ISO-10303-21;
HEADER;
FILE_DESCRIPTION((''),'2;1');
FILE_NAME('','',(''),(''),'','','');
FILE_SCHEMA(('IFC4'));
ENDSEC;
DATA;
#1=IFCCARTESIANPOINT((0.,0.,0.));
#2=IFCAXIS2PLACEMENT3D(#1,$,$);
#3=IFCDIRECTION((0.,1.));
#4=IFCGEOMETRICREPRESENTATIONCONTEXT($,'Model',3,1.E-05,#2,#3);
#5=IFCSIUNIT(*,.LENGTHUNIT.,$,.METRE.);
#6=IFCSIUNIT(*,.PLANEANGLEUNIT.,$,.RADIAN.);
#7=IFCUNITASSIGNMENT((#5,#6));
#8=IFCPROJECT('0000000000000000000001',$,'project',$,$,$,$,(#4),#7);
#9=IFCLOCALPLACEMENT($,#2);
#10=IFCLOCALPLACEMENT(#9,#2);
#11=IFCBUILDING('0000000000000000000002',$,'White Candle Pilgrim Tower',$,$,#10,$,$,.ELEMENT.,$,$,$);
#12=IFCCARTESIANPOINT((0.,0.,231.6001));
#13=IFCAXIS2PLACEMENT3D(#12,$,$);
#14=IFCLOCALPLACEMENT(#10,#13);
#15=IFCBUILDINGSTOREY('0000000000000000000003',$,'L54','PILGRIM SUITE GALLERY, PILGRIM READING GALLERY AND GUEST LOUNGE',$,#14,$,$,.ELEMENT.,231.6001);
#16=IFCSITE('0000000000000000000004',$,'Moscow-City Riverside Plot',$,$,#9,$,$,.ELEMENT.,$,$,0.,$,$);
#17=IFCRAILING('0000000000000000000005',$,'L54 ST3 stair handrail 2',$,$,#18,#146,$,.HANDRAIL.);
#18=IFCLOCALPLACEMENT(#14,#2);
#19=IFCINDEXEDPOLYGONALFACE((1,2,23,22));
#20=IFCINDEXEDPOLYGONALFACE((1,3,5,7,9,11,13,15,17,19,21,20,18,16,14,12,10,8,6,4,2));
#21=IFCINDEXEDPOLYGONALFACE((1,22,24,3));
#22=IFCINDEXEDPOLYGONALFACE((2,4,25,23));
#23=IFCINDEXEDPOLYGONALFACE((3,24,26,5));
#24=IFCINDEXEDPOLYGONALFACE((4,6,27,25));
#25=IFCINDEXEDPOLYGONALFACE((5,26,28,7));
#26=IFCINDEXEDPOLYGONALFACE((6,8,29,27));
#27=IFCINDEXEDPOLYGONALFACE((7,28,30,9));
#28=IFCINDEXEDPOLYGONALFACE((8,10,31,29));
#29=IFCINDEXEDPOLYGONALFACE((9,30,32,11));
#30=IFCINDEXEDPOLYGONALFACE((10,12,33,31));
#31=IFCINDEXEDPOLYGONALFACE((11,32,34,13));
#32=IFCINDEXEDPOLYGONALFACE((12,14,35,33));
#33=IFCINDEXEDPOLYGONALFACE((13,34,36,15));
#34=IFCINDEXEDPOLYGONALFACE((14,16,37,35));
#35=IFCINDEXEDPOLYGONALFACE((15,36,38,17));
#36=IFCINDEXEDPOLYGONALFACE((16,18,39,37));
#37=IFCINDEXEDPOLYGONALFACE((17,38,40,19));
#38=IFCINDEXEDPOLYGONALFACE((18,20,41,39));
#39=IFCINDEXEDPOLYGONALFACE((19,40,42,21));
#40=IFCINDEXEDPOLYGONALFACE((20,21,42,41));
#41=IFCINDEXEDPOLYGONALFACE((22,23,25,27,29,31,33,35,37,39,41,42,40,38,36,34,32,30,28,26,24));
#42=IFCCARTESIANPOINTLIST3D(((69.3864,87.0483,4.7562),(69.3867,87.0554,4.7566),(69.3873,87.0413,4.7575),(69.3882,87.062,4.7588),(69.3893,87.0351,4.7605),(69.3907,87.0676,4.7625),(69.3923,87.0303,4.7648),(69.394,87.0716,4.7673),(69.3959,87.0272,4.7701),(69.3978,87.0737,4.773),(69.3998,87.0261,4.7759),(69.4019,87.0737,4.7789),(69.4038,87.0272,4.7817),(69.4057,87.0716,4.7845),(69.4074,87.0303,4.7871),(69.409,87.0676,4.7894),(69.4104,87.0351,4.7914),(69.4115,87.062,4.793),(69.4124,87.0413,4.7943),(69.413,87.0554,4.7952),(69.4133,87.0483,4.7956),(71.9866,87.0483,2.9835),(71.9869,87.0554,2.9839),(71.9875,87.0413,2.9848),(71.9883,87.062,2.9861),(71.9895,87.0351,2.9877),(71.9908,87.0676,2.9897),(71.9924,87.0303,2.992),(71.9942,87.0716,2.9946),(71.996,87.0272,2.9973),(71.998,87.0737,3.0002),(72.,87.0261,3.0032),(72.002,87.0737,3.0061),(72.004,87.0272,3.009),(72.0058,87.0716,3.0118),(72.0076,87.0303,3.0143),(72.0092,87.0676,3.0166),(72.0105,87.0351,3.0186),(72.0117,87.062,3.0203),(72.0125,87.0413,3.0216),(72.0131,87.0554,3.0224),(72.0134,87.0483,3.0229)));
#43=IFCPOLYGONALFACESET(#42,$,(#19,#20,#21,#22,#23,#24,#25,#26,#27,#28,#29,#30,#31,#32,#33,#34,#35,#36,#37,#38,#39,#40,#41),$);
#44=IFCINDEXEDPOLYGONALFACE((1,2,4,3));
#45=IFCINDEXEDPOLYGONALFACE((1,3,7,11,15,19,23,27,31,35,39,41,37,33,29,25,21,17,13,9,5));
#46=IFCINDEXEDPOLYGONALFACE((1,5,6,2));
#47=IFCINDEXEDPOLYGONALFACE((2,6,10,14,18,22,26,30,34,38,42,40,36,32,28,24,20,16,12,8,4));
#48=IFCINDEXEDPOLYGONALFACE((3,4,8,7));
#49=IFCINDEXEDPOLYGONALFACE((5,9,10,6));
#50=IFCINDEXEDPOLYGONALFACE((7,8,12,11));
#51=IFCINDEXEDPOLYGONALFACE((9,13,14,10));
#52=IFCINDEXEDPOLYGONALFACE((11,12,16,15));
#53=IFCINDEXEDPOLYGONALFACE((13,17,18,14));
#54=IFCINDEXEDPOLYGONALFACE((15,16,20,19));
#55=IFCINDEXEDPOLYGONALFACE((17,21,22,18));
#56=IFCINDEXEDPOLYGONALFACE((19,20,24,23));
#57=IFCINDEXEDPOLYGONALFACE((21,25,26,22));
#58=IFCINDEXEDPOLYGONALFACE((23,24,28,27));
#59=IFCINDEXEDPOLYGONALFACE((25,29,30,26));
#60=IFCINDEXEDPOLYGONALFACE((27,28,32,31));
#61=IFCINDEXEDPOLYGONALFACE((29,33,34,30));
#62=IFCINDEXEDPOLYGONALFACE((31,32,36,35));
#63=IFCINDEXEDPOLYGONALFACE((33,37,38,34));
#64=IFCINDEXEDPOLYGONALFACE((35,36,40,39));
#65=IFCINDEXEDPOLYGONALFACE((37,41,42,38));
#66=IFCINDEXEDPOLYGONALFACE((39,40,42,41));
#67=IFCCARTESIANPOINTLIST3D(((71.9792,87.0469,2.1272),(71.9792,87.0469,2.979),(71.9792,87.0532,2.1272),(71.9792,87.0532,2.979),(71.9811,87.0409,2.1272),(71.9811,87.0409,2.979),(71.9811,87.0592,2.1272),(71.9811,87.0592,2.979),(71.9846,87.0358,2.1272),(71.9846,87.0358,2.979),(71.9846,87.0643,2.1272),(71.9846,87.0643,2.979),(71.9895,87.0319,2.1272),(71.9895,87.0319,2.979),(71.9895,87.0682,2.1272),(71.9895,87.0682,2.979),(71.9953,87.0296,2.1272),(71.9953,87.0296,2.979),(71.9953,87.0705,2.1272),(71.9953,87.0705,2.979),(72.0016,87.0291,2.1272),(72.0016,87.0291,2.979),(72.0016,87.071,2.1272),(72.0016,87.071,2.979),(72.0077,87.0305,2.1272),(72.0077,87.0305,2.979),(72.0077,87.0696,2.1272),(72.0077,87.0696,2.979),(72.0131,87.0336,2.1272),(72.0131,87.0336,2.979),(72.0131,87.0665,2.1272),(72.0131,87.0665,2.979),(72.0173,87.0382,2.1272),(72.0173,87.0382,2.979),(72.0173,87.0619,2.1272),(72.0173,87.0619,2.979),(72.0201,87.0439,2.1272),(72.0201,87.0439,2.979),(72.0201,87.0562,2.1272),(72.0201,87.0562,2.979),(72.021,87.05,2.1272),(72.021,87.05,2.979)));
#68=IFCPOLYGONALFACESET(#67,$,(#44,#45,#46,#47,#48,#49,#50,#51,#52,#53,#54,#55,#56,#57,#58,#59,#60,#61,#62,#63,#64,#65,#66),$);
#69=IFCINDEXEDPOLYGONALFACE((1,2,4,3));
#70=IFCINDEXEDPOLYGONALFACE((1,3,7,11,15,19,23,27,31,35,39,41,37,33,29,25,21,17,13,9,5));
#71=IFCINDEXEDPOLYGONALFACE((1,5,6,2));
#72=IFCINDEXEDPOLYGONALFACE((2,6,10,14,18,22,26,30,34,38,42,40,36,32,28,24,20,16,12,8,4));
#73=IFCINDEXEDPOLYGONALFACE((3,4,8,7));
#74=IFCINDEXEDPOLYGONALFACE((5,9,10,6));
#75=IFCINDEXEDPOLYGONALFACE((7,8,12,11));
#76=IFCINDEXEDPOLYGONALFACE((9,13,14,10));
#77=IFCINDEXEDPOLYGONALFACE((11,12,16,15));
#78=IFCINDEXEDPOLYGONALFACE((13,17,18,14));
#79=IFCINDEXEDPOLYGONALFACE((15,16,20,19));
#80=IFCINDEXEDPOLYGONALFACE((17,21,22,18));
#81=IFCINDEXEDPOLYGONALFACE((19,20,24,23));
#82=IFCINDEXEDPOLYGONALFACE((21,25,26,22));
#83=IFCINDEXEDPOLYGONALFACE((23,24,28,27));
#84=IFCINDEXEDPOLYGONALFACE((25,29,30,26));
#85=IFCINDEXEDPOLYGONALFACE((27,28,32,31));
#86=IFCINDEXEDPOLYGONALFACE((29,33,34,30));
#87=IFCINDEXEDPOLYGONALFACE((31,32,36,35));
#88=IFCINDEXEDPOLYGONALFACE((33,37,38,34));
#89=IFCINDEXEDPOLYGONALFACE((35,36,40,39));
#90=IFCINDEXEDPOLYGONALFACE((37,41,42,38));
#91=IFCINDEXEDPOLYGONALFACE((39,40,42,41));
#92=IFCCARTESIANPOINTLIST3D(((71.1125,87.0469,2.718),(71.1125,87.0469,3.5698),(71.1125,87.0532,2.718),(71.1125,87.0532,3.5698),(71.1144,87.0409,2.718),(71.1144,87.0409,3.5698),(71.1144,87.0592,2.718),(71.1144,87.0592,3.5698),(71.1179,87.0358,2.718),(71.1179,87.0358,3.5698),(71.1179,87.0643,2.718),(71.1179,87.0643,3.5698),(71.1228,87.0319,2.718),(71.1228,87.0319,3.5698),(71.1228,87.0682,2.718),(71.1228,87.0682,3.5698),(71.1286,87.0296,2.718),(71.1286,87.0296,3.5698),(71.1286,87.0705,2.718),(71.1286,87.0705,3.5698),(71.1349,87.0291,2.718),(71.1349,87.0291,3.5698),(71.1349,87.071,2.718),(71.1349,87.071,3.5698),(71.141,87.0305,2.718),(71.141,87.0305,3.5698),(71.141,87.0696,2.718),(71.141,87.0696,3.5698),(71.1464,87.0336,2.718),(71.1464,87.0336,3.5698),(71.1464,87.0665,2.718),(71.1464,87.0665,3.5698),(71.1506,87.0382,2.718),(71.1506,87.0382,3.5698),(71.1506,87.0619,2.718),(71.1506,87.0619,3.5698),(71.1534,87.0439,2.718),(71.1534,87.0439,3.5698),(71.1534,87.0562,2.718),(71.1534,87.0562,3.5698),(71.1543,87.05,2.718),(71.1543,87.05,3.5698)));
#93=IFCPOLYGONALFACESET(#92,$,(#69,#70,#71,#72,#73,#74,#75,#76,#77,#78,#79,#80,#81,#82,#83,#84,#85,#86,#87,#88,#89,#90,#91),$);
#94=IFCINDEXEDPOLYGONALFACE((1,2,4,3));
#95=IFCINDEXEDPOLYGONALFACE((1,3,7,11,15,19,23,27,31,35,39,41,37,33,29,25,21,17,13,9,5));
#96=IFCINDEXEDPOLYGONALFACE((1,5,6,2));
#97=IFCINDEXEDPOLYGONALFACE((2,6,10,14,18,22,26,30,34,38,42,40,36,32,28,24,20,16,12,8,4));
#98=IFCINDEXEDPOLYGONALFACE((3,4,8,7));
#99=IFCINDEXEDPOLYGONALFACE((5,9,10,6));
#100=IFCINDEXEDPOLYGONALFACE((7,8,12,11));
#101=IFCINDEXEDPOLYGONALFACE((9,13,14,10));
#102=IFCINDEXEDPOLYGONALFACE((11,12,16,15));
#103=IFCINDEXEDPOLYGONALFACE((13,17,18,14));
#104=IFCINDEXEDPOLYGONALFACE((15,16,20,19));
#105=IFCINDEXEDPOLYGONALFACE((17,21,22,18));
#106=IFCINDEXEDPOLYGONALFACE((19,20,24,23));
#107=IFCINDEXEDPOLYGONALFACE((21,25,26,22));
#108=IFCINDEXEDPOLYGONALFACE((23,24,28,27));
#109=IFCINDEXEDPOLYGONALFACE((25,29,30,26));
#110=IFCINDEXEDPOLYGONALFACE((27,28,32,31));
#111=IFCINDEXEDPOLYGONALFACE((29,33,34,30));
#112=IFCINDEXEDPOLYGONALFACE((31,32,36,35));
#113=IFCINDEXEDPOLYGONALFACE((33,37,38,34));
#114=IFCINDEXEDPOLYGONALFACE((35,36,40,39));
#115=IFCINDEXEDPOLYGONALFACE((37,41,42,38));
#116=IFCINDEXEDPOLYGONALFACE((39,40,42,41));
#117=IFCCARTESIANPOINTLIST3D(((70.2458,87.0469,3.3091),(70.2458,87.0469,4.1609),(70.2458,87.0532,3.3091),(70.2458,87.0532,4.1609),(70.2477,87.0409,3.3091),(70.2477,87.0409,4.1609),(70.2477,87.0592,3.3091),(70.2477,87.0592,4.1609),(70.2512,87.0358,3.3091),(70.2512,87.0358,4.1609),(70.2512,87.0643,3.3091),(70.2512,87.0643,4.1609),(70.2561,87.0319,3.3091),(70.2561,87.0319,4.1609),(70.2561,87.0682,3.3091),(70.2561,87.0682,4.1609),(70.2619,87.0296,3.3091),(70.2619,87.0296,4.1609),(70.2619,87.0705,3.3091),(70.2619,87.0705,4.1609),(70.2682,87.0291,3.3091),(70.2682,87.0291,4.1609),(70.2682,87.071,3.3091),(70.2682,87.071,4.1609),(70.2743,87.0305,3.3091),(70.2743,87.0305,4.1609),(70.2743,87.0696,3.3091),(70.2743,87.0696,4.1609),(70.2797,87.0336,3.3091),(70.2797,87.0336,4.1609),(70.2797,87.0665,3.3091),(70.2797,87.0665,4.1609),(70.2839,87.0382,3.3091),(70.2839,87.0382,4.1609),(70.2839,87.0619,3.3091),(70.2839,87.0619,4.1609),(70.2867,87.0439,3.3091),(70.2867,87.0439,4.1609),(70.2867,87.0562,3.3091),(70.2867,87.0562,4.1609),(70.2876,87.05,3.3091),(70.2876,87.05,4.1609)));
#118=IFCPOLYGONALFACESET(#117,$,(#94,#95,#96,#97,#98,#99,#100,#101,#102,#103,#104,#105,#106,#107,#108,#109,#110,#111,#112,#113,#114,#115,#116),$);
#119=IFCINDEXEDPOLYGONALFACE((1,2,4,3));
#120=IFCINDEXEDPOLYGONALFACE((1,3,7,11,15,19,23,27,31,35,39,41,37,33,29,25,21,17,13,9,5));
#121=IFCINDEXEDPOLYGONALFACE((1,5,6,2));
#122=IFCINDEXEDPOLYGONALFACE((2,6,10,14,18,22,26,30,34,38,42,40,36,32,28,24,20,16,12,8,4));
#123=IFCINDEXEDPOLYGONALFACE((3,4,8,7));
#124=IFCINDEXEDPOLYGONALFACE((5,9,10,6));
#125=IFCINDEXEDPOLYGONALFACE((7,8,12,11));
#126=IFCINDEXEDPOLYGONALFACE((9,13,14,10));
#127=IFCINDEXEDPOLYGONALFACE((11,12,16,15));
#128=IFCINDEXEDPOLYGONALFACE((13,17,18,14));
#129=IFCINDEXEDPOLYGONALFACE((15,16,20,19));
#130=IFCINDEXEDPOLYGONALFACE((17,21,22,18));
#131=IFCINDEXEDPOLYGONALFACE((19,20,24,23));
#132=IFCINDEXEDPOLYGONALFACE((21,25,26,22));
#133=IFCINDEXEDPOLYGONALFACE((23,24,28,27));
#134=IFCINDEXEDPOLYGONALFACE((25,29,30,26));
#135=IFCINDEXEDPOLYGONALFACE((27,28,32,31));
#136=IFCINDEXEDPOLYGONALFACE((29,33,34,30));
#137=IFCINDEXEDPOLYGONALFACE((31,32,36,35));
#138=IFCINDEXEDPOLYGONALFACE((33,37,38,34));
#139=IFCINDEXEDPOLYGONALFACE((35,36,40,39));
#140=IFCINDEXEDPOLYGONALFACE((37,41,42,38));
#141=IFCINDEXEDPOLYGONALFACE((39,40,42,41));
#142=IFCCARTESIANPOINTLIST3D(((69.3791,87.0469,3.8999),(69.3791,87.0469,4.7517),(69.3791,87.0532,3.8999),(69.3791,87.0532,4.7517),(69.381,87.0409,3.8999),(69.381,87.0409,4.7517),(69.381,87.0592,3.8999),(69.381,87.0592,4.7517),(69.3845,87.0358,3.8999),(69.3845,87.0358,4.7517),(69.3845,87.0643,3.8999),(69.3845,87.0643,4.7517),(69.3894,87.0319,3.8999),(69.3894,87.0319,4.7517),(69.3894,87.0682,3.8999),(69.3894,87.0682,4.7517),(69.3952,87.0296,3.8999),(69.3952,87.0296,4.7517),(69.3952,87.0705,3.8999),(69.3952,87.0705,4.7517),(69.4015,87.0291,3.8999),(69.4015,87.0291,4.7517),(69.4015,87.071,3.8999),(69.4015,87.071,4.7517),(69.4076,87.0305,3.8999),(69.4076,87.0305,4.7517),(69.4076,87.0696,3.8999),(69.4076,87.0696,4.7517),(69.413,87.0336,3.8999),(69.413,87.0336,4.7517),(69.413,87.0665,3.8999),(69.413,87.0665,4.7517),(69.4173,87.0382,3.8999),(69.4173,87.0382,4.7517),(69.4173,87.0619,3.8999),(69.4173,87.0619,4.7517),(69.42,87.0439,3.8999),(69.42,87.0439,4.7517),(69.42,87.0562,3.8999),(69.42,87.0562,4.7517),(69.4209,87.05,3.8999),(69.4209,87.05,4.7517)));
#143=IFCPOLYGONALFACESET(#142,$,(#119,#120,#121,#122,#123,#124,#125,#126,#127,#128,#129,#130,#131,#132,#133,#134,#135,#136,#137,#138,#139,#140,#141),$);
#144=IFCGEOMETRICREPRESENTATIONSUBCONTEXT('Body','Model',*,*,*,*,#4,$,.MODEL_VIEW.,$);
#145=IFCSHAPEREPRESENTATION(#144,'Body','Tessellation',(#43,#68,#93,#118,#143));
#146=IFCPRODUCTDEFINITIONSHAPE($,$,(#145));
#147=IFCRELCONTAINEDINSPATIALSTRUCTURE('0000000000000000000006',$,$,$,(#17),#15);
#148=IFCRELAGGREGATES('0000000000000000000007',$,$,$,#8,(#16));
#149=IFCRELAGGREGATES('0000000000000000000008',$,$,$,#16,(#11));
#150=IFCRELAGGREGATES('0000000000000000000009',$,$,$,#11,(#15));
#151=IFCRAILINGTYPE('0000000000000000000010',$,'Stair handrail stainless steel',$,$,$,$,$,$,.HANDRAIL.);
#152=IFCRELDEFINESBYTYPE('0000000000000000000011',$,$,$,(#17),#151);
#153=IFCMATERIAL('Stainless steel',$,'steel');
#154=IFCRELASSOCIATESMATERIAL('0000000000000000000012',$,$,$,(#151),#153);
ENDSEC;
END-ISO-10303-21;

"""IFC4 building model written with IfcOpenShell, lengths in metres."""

from ifc_helpers import new_model, si_unit, direction, frame, origin, origin_2d, place, context, subcontext, project, spatial, circle, extrude, material, type_object, element, save


model = new_model("IFC4")

# Units and contexts
model_context = context("Model", 3, precision=1e-05, world=origin(), true_north=direction((0.0, 1.0)))
body_context = subcontext(model_context, "Body", "Model", "MODEL_VIEW")
ifc_project = project(units=[si_unit("LENGTHUNIT", "METRE"), si_unit("PLANEANGLEUNIT", "RADIAN")], contexts=[model_context])

# Site, building, storey
site_placement = place(None, origin())
site = spatial("IfcSite", under=ifc_project, at=site_placement, Name="Moscow-City Riverside Plot", CompositionType="ELEMENT", RefElevation=0.0)
building_placement = place(site_placement, origin())
building = spatial("IfcBuilding", under=site, at=building_placement, Name="White Candle Pilgrim Tower", CompositionType="ELEMENT")
storey_placement = place(building_placement, frame((0.0, 0.0, 231.6001)))
storey = spatial("IfcBuildingStorey", under=building, at=storey_placement, Name="L54", Description="PILGRIM SUITE GALLERY, PILGRIM READING GALLERY AND GUEST LOUNGE", CompositionType="ELEMENT", Elevation=231.6001)

# Railing
ifc_material_1 = material(Name="Stainless steel", Category="steel")
railing_type_1 = type_object("IfcRailingType", Name="Stair handrail stainless steel", PredefinedType="HANDRAIL", material=ifc_material_1)
railing_1_placement = place(storey_placement, frame((72.0, 87.05, 2.1272)))
element("IfcRailing", 1, at=railing_1_placement, inside=storey, type_object=railing_type_1, Name="L54 ST3 stair handrail 2", PredefinedType="HANDRAIL", context=body_context, shape_type="SweptSolid", body=[
    extrude(circle(Radius=0.0239, at=origin_2d()), frame((0.0, 0.0, 0.876), z_axis=(-0.82624, 0.0, 0.563318), x_axis=(0.0, -1.0, 0.0)), (0.0, 0.0, 1.0), 3.147),
    extrude(circle(Radius=0.021, at=origin_2d()), origin(), (0.0, 0.0, 1.0), 0.8518),
    extrude(circle(Radius=0.021, at=origin_2d()), frame((-0.8667, 0.0, 0.5908)), (0.0, 0.0, 1.0), 0.8518),
    extrude(circle(Radius=0.021, at=origin_2d()), frame((-1.7334, 0.0, 1.1819)), (0.0, 0.0, 1.0), 0.8518),
    extrude(circle(Radius=0.021, at=origin_2d()), frame((-2.6001, 0.0, 1.7727)), (0.0, 0.0, 1.0), 0.8518),
])

save(model, "model.ifc")
